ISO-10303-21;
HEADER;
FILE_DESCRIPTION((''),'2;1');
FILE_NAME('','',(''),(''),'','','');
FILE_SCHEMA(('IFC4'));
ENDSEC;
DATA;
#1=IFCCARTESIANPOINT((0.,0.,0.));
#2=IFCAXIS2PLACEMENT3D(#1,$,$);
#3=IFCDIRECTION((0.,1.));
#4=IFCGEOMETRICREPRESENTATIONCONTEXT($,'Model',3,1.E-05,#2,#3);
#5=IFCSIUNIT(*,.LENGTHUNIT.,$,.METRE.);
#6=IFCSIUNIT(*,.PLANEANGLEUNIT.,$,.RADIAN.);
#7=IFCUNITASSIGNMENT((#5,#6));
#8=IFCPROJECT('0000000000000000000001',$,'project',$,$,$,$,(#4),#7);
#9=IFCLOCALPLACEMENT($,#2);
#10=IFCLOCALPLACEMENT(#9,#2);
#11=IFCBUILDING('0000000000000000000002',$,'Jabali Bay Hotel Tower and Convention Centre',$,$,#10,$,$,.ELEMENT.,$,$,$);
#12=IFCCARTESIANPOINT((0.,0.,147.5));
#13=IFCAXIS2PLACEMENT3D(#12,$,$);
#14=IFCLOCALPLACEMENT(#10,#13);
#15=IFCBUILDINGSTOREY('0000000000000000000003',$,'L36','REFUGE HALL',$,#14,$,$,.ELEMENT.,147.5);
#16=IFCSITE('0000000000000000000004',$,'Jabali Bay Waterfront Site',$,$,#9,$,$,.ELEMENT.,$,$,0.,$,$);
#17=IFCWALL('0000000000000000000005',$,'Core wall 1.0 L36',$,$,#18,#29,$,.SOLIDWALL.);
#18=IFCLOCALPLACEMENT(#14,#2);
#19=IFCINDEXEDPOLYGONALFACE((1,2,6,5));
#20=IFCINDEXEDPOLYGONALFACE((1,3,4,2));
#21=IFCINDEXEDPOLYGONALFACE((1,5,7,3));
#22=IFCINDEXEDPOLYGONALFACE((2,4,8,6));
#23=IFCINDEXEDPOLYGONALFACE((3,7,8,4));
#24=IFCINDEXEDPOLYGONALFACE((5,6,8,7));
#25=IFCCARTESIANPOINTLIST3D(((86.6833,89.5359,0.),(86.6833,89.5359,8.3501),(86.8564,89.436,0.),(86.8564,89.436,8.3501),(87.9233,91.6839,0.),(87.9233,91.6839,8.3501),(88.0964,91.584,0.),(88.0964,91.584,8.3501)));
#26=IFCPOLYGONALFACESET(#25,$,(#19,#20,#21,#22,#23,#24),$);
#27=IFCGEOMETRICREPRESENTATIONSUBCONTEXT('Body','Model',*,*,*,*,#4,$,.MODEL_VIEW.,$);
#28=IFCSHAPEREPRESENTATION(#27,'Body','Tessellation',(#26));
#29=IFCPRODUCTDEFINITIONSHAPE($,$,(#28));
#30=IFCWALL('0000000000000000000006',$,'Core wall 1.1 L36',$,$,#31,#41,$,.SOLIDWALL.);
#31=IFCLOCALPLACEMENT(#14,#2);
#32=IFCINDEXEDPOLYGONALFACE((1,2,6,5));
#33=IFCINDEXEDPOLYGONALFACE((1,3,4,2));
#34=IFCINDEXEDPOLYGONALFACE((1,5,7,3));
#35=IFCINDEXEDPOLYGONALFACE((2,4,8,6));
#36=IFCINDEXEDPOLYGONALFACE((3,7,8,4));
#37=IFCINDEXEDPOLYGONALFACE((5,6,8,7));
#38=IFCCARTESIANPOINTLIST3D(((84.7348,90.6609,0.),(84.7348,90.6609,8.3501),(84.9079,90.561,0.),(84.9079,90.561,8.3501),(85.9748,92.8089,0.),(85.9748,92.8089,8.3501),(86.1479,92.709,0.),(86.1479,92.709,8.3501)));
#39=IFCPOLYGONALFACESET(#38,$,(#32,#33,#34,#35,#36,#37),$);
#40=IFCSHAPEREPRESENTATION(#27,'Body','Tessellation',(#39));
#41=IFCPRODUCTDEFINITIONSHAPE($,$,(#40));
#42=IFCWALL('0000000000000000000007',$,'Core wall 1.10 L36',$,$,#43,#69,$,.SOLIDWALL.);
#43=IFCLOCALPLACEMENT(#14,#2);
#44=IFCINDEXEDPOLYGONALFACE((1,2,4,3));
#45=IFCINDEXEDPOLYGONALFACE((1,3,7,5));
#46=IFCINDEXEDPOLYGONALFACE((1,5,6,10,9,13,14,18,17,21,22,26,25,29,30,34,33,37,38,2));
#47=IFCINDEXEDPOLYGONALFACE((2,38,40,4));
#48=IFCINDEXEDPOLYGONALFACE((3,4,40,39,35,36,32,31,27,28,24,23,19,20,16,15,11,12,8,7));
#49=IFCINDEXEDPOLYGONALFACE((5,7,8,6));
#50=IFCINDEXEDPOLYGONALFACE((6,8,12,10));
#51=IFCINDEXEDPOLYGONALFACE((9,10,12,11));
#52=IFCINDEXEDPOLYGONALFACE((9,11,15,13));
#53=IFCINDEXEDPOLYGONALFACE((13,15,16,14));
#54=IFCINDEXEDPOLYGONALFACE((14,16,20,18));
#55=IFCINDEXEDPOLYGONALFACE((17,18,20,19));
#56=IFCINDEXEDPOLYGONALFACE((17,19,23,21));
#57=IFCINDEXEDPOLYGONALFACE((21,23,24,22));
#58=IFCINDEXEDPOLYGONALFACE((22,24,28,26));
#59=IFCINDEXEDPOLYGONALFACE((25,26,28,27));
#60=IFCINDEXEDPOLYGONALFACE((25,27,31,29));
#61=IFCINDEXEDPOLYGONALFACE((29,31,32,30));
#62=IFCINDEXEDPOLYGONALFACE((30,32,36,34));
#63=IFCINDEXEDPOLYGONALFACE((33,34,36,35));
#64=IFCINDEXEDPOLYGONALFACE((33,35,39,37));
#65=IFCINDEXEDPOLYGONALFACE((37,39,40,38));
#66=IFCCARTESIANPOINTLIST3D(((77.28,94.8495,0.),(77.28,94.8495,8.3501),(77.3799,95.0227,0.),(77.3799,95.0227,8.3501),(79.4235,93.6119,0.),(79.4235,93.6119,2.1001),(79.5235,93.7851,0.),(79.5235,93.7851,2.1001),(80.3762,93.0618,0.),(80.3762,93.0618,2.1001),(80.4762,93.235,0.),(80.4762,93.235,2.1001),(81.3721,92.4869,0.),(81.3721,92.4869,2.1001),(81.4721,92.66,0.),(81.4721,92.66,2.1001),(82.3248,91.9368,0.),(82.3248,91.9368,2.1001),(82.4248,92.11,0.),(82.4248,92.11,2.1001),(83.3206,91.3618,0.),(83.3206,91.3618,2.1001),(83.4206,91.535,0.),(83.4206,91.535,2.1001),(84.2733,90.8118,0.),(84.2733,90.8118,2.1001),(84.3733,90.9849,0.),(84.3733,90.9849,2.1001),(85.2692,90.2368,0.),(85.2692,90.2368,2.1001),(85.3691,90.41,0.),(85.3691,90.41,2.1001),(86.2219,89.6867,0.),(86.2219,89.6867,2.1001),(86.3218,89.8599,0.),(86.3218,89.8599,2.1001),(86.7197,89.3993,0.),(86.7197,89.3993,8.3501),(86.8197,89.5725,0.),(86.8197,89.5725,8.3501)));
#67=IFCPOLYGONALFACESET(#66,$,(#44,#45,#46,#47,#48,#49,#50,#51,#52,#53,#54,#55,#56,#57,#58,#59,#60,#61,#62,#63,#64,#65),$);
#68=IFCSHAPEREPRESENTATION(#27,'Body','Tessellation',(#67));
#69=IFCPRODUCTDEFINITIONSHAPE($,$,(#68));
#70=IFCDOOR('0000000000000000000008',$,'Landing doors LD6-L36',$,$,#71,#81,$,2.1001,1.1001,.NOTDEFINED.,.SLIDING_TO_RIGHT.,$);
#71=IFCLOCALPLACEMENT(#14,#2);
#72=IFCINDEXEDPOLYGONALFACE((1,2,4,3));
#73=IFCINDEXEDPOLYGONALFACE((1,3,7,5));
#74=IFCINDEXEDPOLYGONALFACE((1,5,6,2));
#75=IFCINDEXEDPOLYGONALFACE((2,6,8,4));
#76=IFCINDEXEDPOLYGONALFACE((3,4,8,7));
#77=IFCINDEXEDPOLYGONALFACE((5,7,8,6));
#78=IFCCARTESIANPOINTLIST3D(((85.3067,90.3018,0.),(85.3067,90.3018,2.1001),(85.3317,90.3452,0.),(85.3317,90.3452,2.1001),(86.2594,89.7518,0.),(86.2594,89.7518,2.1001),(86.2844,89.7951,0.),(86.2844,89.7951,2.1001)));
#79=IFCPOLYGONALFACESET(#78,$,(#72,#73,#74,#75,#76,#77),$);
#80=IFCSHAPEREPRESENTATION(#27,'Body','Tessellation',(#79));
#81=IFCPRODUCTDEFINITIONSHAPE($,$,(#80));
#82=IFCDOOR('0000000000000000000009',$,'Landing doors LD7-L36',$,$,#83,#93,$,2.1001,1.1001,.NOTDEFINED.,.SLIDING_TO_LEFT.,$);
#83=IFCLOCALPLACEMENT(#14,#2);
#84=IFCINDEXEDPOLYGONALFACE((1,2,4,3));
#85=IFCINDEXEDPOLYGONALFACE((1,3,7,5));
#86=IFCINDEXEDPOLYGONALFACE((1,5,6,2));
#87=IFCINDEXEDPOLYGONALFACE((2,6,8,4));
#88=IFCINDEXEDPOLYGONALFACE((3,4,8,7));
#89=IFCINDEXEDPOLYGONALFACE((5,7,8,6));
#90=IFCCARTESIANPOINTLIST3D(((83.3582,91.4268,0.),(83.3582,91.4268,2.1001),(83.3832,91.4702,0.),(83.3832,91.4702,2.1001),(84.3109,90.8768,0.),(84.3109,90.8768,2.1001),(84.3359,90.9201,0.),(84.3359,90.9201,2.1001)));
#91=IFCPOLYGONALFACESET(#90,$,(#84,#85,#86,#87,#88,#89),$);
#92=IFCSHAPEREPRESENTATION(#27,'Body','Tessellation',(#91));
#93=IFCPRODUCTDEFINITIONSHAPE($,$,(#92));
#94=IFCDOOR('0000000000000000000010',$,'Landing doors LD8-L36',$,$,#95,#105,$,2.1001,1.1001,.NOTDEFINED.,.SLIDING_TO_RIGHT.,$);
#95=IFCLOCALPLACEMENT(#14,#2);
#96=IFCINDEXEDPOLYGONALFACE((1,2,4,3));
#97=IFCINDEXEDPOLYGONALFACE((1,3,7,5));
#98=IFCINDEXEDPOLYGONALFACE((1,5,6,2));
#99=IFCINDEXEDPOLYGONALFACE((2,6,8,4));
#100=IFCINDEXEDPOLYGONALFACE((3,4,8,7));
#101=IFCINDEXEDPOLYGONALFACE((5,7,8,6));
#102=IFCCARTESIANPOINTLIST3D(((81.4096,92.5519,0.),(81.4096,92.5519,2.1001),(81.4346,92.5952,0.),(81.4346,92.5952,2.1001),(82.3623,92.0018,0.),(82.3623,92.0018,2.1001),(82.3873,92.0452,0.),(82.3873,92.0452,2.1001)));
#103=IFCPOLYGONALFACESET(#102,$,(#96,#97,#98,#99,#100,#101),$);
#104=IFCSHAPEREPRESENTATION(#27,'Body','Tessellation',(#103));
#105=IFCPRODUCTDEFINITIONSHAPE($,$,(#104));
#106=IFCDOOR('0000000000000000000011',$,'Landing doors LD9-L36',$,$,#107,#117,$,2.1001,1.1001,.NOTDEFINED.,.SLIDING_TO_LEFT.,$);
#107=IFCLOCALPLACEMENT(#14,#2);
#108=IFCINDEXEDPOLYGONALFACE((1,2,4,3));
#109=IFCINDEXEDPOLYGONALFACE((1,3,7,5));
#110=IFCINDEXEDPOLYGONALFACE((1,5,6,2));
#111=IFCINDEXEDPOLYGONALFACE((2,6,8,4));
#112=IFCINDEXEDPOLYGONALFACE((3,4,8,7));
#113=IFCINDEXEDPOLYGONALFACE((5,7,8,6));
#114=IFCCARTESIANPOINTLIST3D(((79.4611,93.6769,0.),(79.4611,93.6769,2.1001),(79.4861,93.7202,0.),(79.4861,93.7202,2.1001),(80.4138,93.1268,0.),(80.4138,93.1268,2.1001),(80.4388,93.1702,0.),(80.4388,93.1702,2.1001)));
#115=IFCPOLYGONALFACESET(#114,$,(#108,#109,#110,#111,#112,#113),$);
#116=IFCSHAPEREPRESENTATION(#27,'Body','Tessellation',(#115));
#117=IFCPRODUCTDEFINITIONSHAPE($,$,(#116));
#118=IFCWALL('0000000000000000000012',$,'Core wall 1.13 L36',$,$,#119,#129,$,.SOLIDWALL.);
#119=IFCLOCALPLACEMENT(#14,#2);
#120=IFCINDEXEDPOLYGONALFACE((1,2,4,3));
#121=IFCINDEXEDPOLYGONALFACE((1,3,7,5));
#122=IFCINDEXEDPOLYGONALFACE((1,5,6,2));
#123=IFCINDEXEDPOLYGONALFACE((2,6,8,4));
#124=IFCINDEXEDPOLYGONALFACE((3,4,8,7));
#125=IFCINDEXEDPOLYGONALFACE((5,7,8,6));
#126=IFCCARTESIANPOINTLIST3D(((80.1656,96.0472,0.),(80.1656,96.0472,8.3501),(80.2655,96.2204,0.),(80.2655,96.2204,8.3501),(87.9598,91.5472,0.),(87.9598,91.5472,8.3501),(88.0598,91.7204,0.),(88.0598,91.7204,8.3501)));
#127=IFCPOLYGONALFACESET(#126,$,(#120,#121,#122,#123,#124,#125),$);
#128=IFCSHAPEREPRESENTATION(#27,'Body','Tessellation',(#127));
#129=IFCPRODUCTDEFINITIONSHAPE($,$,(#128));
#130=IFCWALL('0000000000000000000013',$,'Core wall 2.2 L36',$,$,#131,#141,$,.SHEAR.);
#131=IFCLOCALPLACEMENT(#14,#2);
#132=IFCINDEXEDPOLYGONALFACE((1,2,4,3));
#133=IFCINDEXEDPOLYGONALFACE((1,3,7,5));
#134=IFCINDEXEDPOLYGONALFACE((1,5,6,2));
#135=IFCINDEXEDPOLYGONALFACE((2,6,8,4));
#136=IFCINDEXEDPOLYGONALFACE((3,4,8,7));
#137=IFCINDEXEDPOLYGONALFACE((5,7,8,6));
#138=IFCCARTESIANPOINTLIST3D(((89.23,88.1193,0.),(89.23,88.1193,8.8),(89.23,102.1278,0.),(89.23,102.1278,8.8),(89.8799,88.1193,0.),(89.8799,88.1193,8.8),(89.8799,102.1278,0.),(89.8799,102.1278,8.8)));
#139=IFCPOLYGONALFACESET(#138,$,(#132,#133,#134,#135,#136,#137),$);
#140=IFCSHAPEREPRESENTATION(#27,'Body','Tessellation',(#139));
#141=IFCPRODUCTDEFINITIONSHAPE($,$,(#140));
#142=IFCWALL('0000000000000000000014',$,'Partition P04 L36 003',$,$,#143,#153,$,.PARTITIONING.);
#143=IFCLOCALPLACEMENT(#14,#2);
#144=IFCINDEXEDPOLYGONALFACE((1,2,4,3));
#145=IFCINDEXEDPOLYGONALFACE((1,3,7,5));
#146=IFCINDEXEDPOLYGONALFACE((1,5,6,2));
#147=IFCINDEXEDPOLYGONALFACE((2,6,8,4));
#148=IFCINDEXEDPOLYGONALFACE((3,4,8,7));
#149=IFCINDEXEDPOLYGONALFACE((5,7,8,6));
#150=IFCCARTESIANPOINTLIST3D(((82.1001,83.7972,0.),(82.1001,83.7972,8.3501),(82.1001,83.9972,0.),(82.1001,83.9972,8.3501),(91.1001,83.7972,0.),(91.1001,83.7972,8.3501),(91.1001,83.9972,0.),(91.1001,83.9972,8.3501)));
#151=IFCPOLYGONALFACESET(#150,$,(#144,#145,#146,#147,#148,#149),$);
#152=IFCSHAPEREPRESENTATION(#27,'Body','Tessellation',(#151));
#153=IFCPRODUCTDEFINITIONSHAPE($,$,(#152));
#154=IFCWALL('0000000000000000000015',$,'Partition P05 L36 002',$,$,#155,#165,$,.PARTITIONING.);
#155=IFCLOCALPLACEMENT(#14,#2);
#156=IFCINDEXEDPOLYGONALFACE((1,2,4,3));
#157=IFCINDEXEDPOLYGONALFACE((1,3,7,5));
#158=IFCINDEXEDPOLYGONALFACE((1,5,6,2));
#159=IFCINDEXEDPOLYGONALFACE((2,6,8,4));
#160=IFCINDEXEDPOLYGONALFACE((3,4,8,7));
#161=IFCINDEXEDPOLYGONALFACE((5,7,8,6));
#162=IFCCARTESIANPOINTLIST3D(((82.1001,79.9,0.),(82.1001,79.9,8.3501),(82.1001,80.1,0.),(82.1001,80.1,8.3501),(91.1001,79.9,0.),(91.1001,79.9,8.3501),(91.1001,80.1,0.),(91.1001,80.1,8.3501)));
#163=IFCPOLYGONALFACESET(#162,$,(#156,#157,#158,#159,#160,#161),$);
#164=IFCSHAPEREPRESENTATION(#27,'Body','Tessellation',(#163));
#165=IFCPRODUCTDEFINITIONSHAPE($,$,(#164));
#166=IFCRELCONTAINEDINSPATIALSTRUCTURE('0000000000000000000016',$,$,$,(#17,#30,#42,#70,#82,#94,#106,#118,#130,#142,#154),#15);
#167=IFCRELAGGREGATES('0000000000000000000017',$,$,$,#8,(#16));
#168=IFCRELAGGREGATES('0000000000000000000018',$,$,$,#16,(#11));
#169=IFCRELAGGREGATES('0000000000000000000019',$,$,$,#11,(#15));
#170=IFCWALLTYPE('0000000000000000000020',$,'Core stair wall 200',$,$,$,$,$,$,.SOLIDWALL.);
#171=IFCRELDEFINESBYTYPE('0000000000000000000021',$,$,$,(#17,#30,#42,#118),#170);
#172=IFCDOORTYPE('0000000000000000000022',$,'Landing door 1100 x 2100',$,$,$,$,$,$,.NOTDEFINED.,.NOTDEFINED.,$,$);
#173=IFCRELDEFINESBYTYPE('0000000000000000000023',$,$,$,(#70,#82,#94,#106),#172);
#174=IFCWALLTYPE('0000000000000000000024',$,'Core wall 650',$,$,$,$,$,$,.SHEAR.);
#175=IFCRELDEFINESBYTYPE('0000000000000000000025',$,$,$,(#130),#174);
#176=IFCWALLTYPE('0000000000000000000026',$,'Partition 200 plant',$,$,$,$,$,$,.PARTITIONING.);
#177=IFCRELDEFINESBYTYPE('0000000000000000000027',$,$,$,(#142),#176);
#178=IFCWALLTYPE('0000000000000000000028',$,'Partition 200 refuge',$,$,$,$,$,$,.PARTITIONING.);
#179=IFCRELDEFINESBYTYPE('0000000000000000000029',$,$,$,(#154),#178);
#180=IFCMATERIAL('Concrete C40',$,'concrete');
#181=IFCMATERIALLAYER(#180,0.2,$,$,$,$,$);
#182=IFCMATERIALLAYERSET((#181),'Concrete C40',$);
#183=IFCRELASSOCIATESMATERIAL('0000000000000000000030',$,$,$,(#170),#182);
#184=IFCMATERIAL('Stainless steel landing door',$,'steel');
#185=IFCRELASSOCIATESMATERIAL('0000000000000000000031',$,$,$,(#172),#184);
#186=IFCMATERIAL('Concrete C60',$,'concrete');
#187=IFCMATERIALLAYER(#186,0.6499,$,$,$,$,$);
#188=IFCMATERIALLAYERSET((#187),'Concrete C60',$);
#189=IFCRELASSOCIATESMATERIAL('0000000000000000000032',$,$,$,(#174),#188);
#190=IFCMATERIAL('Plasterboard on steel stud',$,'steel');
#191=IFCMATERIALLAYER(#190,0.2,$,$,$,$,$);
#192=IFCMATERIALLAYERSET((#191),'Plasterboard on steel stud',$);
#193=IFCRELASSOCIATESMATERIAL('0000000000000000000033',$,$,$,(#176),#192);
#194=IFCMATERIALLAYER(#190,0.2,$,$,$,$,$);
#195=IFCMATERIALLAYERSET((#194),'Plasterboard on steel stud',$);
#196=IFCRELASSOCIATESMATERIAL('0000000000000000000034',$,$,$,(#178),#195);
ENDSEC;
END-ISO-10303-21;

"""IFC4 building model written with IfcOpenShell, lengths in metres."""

from ifc_helpers import new_model, si_unit, direction, frame, frame_2d, origin, place, context, subcontext, project, spatial, rectangle, extrude, material, layer, layer_set, type_object, element, fill, save


model = new_model("IFC4")

# Units and contexts
model_context = context("Model", 3, precision=1e-05, world=origin(), true_north=direction((0.0, 1.0)))
body_context = subcontext(model_context, "Body", "Model", "MODEL_VIEW")
ifc_project = project(units=[si_unit("LENGTHUNIT", "METRE"), si_unit("PLANEANGLEUNIT", "RADIAN")], contexts=[model_context])

# Site, building, storey
site_placement = place(None, origin())
site = spatial("IfcSite", under=ifc_project, at=site_placement, Name="Jabali Bay Waterfront Site", CompositionType="ELEMENT", RefElevation=0.0)
building_placement = place(site_placement, origin())
building = spatial("IfcBuilding", under=site, at=building_placement, Name="Jabali Bay Hotel Tower and Convention Centre", CompositionType="ELEMENT")
storey_placement = place(building_placement, frame((0.0, 0.0, 147.5)))
storey = spatial("IfcBuildingStorey", under=building, at=storey_placement, Name="L36", Description="REFUGE HALL", CompositionType="ELEMENT", Elevation=147.5)

# Shared definitions
ifc_material_1 = material(Name="Concrete C60", Category="concrete")

# Shared definitions
ifc_material_2 = material(Name="Concrete C40", Category="concrete")

# Walls
ifc_layer_1 = layer(ifc_material_2, 0.2)
ifc_layer_set_1 = layer_set([ifc_layer_1], Name="Concrete C40")
wall_type_1 = type_object("IfcWallType", Name="Core stair wall 200", PredefinedType="SOLIDWALL", material=ifc_layer_set_1)
for number, where, z_axis, x_axis, name in (
    (1, (86.7698, 89.4858, 0.0), (0.0, 0.0, 1.0), (0.499961, 0.866048, 0.0), "Core wall 1.0 L36"),
    (2, (84.8213, 90.6108, 0.0), (0.0, 0.0, 1.0), (0.499961, 0.866048, 0.0), "Core wall 1.1 L36"),
):
    element("IfcWall", number, at=place(storey_placement, frame(where, z_axis=z_axis, x_axis=x_axis)), inside=storey, type_object=wall_type_1, Name=name, PredefinedType="SOLIDWALL", context=body_context, shape_type="SweptSolid", body=[
        extrude(rectangle(XDim=2.4802, YDim=0.2, at=frame_2d((1.2402, 0.0))), origin(), (0.0, 0.0, 1.0), 8.3501),
    ])

# Wall, openings, doors
wall_1_placement = place(storey_placement, frame((86.7698, 89.4858, 0.0), z_axis=(0.0, 0.0, 1.0), x_axis=(-0.866018, 0.500013, 0.0)))
wall_1 = element("IfcWall", 3, at=wall_1_placement, inside=storey, type_object=wall_type_1, Name="Core wall 1.10 L36", PredefinedType="SOLIDWALL", context=body_context, shape_type="SweptSolid", body=[
    extrude(rectangle(XDim=10.9001, YDim=0.2, at=frame_2d((5.4502, 0.0))), origin(), (0.0, 0.0, 1.0), 8.3501),
])
opening_1_placement = place(wall_1_placement, frame((0.575, 0.0, 0.0)))
opening_1 = element("IfcOpeningElement", 4, at=opening_1_placement, cuts=wall_1, PredefinedType="OPENING", context=body_context, shape_type="SweptSolid", body=[
    extrude(rectangle(XDim=1.1001, YDim=2.1001, at=frame_2d((0.55, 1.05))), frame((0.0, 0.1104, 0.0), z_axis=(0.0, -1.0, 0.0), x_axis=(1.0, 0.0, 0.0)), (0.0, 0.0, 1.0), 0.2209),
])
opening_2_placement = place(wall_1_placement, frame((2.825, 0.0, 0.0)))
opening_2 = element("IfcOpeningElement", 5, at=opening_2_placement, cuts=wall_1, PredefinedType="OPENING", context=body_context, shape_type="SweptSolid", body=[
    extrude(rectangle(XDim=1.1001, YDim=2.1001, at=frame_2d((0.55, 1.05))), frame((0.0, 0.1104, 0.0), z_axis=(0.0, -1.0, 0.0), x_axis=(1.0, 0.0, 0.0)), (0.0, 0.0, 1.0), 0.2209),
])
opening_3_placement = place(wall_1_placement, frame((5.075, 0.0, 0.0)))
opening_3 = element("IfcOpeningElement", 6, at=opening_3_placement, cuts=wall_1, PredefinedType="OPENING", context=body_context, shape_type="SweptSolid", body=[
    extrude(rectangle(XDim=1.1001, YDim=2.1001, at=frame_2d((0.55, 1.05))), frame((0.0, 0.1104, 0.0), z_axis=(0.0, -1.0, 0.0), x_axis=(1.0, 0.0, 0.0)), (0.0, 0.0, 1.0), 0.2209),
])
opening_4_placement = place(wall_1_placement, frame((7.325, 0.0, 0.0)))
opening_4 = element("IfcOpeningElement", 7, at=opening_4_placement, cuts=wall_1, PredefinedType="OPENING", context=body_context, shape_type="SweptSolid", body=[
    extrude(rectangle(XDim=1.1001, YDim=2.1001, at=frame_2d((0.55, 1.05))), frame((0.0, 0.1104, 0.0), z_axis=(0.0, -1.0, 0.0), x_axis=(1.0, 0.0, 0.0)), (0.0, 0.0, 1.0), 0.2209),
])
ifc_material_3 = material(Name="Stainless steel landing door", Category="steel")
door_type_1 = type_object("IfcDoorType", Name="Landing door 1100 x 2100", OperationType="NOTDEFINED", PredefinedType="NOTDEFINED", material=ifc_material_3)
door_1_placement = place(opening_1_placement, origin())
door_1 = element("IfcDoor", 8, at=door_1_placement, inside=storey, type_object=door_type_1, Name="Landing doors LD6-L36", OperationType="SLIDING_TO_RIGHT", OverallHeight=2.1001, OverallWidth=1.1001, PredefinedType="NOTDEFINED", context=body_context, shape_type="SweptSolid", body=[
    extrude(rectangle(XDim=1.1001, YDim=2.1001, at=frame_2d((0.55, 1.05))), frame((0.0, 0.0249, 0.0), z_axis=(0.0, -1.0, 0.0), x_axis=(1.0, 0.0, 0.0)), (0.0, 0.0, 1.0), 0.05),
])
fill(opening_1, door_1)
door_2_placement = place(opening_2_placement, origin())
door_2 = element("IfcDoor", 9, at=door_2_placement, inside=storey, type_object=door_type_1, Name="Landing doors LD7-L36", OperationType="SLIDING_TO_LEFT", OverallHeight=2.1001, OverallWidth=1.1001, PredefinedType="NOTDEFINED", context=body_context, shape_type="SweptSolid", body=[
    extrude(rectangle(XDim=1.1001, YDim=2.1001, at=frame_2d((0.55, 1.05))), frame((0.0, 0.0249, 0.0), z_axis=(0.0, -1.0, 0.0), x_axis=(1.0, 0.0, 0.0)), (0.0, 0.0, 1.0), 0.05),
])
fill(opening_2, door_2)
door_3_placement = place(opening_3_placement, origin())
door_3 = element("IfcDoor", 10, at=door_3_placement, inside=storey, type_object=door_type_1, Name="Landing doors LD8-L36", OperationType="SLIDING_TO_RIGHT", OverallHeight=2.1001, OverallWidth=1.1001, PredefinedType="NOTDEFINED", context=body_context, shape_type="SweptSolid", body=[
    extrude(rectangle(XDim=1.1001, YDim=2.1001, at=frame_2d((0.55, 1.05))), frame((0.0, 0.0249, 0.0), z_axis=(0.0, -1.0, 0.0), x_axis=(1.0, 0.0, 0.0)), (0.0, 0.0, 1.0), 0.05),
])
fill(opening_3, door_3)
door_4_placement = place(opening_4_placement, origin())
door_4 = element("IfcDoor", 11, at=door_4_placement, inside=storey, type_object=door_type_1, Name="Landing doors LD9-L36", OperationType="SLIDING_TO_LEFT", OverallHeight=2.1001, OverallWidth=1.1001, PredefinedType="NOTDEFINED", context=body_context, shape_type="SweptSolid", body=[
    extrude(rectangle(XDim=1.1001, YDim=2.1001, at=frame_2d((0.55, 1.05))), frame((0.0, 0.0249, 0.0), z_axis=(0.0, -1.0, 0.0), x_axis=(1.0, 0.0, 0.0)), (0.0, 0.0, 1.0), 0.05),
])
fill(opening_4, door_4)

# Walls
wall_2_placement = place(storey_placement, frame((88.0098, 91.6338, 0.0), z_axis=(0.0, 0.0, 1.0), x_axis=(-0.866024, 0.500002, 0.0)))
element("IfcWall", 12, at=wall_2_placement, inside=storey, type_object=wall_type_1, Name="Core wall 1.13 L36", PredefinedType="SOLIDWALL", context=body_context, shape_type="SweptSolid", body=[
    extrude(rectangle(XDim=9.0, YDim=0.2, at=frame_2d((4.5, 0.0))), origin(), (0.0, 0.0, 1.0), 8.3501),
])
ifc_layer_2 = layer(ifc_material_1, 0.6499)
ifc_layer_set_2 = layer_set([ifc_layer_2], Name="Concrete C60")
wall_type_2 = type_object("IfcWallType", Name="Core wall 650", PredefinedType="SHEAR", material=ifc_layer_set_2)
wall_3_placement = place(storey_placement, frame((89.5549, 88.1191, 0.0), z_axis=(0.0, 0.0, 1.0), x_axis=(0.0, 1.0, 0.0)))
element("IfcWall", 13, at=wall_3_placement, inside=storey, type_object=wall_type_2, Name="Core wall 2.2 L36", PredefinedType="SHEAR", context=body_context, shape_type="SweptSolid", body=[
    extrude(rectangle(XDim=14.0085, YDim=0.6499, at=frame_2d((7.0044, 0.0))), origin(), (0.0, 0.0, 1.0), 8.8),
])
ifc_material_4 = material(Name="Plasterboard on steel stud", Category="steel")
ifc_layer_3 = layer(ifc_material_4, 0.2)
ifc_layer_set_3 = layer_set([ifc_layer_3], Name="Plasterboard on steel stud")
wall_type_3 = type_object("IfcWallType", Name="Partition 200 plant", PredefinedType="PARTITIONING", material=ifc_layer_set_3)
wall_4_placement = place(storey_placement, frame((91.1001, 83.8972, 0.0), z_axis=(0.0, 0.0, 1.0), x_axis=(-1.0, 0.0, 0.0)))
element("IfcWall", 14, at=wall_4_placement, inside=storey, type_object=wall_type_3, Name="Partition P04 L36 003", PredefinedType="PARTITIONING", context=body_context, shape_type="SweptSolid", body=[
    extrude(rectangle(XDim=9.0, YDim=0.2, at=frame_2d((4.5, 0.0))), origin(), (0.0, 0.0, 1.0), 8.3501),
])
ifc_layer_4 = layer(ifc_material_4, 0.2)
ifc_layer_set_4 = layer_set([ifc_layer_4], Name="Plasterboard on steel stud")
wall_type_4 = type_object("IfcWallType", Name="Partition 200 refuge", PredefinedType="PARTITIONING", material=ifc_layer_set_4)
wall_5_placement = place(storey_placement, frame((91.1001, 80.0, 0.0), z_axis=(0.0, 0.0, 1.0), x_axis=(-1.0, 0.0, 0.0)))
element("IfcWall", 15, at=wall_5_placement, inside=storey, type_object=wall_type_4, Name="Partition P05 L36 002", PredefinedType="PARTITIONING", context=body_context, shape_type="SweptSolid", body=[
    extrude(rectangle(XDim=9.0, YDim=0.2, at=frame_2d((4.5, 0.0))), origin(), (0.0, 0.0, 1.0), 8.3501),
])

save(model, "model.ifc")
